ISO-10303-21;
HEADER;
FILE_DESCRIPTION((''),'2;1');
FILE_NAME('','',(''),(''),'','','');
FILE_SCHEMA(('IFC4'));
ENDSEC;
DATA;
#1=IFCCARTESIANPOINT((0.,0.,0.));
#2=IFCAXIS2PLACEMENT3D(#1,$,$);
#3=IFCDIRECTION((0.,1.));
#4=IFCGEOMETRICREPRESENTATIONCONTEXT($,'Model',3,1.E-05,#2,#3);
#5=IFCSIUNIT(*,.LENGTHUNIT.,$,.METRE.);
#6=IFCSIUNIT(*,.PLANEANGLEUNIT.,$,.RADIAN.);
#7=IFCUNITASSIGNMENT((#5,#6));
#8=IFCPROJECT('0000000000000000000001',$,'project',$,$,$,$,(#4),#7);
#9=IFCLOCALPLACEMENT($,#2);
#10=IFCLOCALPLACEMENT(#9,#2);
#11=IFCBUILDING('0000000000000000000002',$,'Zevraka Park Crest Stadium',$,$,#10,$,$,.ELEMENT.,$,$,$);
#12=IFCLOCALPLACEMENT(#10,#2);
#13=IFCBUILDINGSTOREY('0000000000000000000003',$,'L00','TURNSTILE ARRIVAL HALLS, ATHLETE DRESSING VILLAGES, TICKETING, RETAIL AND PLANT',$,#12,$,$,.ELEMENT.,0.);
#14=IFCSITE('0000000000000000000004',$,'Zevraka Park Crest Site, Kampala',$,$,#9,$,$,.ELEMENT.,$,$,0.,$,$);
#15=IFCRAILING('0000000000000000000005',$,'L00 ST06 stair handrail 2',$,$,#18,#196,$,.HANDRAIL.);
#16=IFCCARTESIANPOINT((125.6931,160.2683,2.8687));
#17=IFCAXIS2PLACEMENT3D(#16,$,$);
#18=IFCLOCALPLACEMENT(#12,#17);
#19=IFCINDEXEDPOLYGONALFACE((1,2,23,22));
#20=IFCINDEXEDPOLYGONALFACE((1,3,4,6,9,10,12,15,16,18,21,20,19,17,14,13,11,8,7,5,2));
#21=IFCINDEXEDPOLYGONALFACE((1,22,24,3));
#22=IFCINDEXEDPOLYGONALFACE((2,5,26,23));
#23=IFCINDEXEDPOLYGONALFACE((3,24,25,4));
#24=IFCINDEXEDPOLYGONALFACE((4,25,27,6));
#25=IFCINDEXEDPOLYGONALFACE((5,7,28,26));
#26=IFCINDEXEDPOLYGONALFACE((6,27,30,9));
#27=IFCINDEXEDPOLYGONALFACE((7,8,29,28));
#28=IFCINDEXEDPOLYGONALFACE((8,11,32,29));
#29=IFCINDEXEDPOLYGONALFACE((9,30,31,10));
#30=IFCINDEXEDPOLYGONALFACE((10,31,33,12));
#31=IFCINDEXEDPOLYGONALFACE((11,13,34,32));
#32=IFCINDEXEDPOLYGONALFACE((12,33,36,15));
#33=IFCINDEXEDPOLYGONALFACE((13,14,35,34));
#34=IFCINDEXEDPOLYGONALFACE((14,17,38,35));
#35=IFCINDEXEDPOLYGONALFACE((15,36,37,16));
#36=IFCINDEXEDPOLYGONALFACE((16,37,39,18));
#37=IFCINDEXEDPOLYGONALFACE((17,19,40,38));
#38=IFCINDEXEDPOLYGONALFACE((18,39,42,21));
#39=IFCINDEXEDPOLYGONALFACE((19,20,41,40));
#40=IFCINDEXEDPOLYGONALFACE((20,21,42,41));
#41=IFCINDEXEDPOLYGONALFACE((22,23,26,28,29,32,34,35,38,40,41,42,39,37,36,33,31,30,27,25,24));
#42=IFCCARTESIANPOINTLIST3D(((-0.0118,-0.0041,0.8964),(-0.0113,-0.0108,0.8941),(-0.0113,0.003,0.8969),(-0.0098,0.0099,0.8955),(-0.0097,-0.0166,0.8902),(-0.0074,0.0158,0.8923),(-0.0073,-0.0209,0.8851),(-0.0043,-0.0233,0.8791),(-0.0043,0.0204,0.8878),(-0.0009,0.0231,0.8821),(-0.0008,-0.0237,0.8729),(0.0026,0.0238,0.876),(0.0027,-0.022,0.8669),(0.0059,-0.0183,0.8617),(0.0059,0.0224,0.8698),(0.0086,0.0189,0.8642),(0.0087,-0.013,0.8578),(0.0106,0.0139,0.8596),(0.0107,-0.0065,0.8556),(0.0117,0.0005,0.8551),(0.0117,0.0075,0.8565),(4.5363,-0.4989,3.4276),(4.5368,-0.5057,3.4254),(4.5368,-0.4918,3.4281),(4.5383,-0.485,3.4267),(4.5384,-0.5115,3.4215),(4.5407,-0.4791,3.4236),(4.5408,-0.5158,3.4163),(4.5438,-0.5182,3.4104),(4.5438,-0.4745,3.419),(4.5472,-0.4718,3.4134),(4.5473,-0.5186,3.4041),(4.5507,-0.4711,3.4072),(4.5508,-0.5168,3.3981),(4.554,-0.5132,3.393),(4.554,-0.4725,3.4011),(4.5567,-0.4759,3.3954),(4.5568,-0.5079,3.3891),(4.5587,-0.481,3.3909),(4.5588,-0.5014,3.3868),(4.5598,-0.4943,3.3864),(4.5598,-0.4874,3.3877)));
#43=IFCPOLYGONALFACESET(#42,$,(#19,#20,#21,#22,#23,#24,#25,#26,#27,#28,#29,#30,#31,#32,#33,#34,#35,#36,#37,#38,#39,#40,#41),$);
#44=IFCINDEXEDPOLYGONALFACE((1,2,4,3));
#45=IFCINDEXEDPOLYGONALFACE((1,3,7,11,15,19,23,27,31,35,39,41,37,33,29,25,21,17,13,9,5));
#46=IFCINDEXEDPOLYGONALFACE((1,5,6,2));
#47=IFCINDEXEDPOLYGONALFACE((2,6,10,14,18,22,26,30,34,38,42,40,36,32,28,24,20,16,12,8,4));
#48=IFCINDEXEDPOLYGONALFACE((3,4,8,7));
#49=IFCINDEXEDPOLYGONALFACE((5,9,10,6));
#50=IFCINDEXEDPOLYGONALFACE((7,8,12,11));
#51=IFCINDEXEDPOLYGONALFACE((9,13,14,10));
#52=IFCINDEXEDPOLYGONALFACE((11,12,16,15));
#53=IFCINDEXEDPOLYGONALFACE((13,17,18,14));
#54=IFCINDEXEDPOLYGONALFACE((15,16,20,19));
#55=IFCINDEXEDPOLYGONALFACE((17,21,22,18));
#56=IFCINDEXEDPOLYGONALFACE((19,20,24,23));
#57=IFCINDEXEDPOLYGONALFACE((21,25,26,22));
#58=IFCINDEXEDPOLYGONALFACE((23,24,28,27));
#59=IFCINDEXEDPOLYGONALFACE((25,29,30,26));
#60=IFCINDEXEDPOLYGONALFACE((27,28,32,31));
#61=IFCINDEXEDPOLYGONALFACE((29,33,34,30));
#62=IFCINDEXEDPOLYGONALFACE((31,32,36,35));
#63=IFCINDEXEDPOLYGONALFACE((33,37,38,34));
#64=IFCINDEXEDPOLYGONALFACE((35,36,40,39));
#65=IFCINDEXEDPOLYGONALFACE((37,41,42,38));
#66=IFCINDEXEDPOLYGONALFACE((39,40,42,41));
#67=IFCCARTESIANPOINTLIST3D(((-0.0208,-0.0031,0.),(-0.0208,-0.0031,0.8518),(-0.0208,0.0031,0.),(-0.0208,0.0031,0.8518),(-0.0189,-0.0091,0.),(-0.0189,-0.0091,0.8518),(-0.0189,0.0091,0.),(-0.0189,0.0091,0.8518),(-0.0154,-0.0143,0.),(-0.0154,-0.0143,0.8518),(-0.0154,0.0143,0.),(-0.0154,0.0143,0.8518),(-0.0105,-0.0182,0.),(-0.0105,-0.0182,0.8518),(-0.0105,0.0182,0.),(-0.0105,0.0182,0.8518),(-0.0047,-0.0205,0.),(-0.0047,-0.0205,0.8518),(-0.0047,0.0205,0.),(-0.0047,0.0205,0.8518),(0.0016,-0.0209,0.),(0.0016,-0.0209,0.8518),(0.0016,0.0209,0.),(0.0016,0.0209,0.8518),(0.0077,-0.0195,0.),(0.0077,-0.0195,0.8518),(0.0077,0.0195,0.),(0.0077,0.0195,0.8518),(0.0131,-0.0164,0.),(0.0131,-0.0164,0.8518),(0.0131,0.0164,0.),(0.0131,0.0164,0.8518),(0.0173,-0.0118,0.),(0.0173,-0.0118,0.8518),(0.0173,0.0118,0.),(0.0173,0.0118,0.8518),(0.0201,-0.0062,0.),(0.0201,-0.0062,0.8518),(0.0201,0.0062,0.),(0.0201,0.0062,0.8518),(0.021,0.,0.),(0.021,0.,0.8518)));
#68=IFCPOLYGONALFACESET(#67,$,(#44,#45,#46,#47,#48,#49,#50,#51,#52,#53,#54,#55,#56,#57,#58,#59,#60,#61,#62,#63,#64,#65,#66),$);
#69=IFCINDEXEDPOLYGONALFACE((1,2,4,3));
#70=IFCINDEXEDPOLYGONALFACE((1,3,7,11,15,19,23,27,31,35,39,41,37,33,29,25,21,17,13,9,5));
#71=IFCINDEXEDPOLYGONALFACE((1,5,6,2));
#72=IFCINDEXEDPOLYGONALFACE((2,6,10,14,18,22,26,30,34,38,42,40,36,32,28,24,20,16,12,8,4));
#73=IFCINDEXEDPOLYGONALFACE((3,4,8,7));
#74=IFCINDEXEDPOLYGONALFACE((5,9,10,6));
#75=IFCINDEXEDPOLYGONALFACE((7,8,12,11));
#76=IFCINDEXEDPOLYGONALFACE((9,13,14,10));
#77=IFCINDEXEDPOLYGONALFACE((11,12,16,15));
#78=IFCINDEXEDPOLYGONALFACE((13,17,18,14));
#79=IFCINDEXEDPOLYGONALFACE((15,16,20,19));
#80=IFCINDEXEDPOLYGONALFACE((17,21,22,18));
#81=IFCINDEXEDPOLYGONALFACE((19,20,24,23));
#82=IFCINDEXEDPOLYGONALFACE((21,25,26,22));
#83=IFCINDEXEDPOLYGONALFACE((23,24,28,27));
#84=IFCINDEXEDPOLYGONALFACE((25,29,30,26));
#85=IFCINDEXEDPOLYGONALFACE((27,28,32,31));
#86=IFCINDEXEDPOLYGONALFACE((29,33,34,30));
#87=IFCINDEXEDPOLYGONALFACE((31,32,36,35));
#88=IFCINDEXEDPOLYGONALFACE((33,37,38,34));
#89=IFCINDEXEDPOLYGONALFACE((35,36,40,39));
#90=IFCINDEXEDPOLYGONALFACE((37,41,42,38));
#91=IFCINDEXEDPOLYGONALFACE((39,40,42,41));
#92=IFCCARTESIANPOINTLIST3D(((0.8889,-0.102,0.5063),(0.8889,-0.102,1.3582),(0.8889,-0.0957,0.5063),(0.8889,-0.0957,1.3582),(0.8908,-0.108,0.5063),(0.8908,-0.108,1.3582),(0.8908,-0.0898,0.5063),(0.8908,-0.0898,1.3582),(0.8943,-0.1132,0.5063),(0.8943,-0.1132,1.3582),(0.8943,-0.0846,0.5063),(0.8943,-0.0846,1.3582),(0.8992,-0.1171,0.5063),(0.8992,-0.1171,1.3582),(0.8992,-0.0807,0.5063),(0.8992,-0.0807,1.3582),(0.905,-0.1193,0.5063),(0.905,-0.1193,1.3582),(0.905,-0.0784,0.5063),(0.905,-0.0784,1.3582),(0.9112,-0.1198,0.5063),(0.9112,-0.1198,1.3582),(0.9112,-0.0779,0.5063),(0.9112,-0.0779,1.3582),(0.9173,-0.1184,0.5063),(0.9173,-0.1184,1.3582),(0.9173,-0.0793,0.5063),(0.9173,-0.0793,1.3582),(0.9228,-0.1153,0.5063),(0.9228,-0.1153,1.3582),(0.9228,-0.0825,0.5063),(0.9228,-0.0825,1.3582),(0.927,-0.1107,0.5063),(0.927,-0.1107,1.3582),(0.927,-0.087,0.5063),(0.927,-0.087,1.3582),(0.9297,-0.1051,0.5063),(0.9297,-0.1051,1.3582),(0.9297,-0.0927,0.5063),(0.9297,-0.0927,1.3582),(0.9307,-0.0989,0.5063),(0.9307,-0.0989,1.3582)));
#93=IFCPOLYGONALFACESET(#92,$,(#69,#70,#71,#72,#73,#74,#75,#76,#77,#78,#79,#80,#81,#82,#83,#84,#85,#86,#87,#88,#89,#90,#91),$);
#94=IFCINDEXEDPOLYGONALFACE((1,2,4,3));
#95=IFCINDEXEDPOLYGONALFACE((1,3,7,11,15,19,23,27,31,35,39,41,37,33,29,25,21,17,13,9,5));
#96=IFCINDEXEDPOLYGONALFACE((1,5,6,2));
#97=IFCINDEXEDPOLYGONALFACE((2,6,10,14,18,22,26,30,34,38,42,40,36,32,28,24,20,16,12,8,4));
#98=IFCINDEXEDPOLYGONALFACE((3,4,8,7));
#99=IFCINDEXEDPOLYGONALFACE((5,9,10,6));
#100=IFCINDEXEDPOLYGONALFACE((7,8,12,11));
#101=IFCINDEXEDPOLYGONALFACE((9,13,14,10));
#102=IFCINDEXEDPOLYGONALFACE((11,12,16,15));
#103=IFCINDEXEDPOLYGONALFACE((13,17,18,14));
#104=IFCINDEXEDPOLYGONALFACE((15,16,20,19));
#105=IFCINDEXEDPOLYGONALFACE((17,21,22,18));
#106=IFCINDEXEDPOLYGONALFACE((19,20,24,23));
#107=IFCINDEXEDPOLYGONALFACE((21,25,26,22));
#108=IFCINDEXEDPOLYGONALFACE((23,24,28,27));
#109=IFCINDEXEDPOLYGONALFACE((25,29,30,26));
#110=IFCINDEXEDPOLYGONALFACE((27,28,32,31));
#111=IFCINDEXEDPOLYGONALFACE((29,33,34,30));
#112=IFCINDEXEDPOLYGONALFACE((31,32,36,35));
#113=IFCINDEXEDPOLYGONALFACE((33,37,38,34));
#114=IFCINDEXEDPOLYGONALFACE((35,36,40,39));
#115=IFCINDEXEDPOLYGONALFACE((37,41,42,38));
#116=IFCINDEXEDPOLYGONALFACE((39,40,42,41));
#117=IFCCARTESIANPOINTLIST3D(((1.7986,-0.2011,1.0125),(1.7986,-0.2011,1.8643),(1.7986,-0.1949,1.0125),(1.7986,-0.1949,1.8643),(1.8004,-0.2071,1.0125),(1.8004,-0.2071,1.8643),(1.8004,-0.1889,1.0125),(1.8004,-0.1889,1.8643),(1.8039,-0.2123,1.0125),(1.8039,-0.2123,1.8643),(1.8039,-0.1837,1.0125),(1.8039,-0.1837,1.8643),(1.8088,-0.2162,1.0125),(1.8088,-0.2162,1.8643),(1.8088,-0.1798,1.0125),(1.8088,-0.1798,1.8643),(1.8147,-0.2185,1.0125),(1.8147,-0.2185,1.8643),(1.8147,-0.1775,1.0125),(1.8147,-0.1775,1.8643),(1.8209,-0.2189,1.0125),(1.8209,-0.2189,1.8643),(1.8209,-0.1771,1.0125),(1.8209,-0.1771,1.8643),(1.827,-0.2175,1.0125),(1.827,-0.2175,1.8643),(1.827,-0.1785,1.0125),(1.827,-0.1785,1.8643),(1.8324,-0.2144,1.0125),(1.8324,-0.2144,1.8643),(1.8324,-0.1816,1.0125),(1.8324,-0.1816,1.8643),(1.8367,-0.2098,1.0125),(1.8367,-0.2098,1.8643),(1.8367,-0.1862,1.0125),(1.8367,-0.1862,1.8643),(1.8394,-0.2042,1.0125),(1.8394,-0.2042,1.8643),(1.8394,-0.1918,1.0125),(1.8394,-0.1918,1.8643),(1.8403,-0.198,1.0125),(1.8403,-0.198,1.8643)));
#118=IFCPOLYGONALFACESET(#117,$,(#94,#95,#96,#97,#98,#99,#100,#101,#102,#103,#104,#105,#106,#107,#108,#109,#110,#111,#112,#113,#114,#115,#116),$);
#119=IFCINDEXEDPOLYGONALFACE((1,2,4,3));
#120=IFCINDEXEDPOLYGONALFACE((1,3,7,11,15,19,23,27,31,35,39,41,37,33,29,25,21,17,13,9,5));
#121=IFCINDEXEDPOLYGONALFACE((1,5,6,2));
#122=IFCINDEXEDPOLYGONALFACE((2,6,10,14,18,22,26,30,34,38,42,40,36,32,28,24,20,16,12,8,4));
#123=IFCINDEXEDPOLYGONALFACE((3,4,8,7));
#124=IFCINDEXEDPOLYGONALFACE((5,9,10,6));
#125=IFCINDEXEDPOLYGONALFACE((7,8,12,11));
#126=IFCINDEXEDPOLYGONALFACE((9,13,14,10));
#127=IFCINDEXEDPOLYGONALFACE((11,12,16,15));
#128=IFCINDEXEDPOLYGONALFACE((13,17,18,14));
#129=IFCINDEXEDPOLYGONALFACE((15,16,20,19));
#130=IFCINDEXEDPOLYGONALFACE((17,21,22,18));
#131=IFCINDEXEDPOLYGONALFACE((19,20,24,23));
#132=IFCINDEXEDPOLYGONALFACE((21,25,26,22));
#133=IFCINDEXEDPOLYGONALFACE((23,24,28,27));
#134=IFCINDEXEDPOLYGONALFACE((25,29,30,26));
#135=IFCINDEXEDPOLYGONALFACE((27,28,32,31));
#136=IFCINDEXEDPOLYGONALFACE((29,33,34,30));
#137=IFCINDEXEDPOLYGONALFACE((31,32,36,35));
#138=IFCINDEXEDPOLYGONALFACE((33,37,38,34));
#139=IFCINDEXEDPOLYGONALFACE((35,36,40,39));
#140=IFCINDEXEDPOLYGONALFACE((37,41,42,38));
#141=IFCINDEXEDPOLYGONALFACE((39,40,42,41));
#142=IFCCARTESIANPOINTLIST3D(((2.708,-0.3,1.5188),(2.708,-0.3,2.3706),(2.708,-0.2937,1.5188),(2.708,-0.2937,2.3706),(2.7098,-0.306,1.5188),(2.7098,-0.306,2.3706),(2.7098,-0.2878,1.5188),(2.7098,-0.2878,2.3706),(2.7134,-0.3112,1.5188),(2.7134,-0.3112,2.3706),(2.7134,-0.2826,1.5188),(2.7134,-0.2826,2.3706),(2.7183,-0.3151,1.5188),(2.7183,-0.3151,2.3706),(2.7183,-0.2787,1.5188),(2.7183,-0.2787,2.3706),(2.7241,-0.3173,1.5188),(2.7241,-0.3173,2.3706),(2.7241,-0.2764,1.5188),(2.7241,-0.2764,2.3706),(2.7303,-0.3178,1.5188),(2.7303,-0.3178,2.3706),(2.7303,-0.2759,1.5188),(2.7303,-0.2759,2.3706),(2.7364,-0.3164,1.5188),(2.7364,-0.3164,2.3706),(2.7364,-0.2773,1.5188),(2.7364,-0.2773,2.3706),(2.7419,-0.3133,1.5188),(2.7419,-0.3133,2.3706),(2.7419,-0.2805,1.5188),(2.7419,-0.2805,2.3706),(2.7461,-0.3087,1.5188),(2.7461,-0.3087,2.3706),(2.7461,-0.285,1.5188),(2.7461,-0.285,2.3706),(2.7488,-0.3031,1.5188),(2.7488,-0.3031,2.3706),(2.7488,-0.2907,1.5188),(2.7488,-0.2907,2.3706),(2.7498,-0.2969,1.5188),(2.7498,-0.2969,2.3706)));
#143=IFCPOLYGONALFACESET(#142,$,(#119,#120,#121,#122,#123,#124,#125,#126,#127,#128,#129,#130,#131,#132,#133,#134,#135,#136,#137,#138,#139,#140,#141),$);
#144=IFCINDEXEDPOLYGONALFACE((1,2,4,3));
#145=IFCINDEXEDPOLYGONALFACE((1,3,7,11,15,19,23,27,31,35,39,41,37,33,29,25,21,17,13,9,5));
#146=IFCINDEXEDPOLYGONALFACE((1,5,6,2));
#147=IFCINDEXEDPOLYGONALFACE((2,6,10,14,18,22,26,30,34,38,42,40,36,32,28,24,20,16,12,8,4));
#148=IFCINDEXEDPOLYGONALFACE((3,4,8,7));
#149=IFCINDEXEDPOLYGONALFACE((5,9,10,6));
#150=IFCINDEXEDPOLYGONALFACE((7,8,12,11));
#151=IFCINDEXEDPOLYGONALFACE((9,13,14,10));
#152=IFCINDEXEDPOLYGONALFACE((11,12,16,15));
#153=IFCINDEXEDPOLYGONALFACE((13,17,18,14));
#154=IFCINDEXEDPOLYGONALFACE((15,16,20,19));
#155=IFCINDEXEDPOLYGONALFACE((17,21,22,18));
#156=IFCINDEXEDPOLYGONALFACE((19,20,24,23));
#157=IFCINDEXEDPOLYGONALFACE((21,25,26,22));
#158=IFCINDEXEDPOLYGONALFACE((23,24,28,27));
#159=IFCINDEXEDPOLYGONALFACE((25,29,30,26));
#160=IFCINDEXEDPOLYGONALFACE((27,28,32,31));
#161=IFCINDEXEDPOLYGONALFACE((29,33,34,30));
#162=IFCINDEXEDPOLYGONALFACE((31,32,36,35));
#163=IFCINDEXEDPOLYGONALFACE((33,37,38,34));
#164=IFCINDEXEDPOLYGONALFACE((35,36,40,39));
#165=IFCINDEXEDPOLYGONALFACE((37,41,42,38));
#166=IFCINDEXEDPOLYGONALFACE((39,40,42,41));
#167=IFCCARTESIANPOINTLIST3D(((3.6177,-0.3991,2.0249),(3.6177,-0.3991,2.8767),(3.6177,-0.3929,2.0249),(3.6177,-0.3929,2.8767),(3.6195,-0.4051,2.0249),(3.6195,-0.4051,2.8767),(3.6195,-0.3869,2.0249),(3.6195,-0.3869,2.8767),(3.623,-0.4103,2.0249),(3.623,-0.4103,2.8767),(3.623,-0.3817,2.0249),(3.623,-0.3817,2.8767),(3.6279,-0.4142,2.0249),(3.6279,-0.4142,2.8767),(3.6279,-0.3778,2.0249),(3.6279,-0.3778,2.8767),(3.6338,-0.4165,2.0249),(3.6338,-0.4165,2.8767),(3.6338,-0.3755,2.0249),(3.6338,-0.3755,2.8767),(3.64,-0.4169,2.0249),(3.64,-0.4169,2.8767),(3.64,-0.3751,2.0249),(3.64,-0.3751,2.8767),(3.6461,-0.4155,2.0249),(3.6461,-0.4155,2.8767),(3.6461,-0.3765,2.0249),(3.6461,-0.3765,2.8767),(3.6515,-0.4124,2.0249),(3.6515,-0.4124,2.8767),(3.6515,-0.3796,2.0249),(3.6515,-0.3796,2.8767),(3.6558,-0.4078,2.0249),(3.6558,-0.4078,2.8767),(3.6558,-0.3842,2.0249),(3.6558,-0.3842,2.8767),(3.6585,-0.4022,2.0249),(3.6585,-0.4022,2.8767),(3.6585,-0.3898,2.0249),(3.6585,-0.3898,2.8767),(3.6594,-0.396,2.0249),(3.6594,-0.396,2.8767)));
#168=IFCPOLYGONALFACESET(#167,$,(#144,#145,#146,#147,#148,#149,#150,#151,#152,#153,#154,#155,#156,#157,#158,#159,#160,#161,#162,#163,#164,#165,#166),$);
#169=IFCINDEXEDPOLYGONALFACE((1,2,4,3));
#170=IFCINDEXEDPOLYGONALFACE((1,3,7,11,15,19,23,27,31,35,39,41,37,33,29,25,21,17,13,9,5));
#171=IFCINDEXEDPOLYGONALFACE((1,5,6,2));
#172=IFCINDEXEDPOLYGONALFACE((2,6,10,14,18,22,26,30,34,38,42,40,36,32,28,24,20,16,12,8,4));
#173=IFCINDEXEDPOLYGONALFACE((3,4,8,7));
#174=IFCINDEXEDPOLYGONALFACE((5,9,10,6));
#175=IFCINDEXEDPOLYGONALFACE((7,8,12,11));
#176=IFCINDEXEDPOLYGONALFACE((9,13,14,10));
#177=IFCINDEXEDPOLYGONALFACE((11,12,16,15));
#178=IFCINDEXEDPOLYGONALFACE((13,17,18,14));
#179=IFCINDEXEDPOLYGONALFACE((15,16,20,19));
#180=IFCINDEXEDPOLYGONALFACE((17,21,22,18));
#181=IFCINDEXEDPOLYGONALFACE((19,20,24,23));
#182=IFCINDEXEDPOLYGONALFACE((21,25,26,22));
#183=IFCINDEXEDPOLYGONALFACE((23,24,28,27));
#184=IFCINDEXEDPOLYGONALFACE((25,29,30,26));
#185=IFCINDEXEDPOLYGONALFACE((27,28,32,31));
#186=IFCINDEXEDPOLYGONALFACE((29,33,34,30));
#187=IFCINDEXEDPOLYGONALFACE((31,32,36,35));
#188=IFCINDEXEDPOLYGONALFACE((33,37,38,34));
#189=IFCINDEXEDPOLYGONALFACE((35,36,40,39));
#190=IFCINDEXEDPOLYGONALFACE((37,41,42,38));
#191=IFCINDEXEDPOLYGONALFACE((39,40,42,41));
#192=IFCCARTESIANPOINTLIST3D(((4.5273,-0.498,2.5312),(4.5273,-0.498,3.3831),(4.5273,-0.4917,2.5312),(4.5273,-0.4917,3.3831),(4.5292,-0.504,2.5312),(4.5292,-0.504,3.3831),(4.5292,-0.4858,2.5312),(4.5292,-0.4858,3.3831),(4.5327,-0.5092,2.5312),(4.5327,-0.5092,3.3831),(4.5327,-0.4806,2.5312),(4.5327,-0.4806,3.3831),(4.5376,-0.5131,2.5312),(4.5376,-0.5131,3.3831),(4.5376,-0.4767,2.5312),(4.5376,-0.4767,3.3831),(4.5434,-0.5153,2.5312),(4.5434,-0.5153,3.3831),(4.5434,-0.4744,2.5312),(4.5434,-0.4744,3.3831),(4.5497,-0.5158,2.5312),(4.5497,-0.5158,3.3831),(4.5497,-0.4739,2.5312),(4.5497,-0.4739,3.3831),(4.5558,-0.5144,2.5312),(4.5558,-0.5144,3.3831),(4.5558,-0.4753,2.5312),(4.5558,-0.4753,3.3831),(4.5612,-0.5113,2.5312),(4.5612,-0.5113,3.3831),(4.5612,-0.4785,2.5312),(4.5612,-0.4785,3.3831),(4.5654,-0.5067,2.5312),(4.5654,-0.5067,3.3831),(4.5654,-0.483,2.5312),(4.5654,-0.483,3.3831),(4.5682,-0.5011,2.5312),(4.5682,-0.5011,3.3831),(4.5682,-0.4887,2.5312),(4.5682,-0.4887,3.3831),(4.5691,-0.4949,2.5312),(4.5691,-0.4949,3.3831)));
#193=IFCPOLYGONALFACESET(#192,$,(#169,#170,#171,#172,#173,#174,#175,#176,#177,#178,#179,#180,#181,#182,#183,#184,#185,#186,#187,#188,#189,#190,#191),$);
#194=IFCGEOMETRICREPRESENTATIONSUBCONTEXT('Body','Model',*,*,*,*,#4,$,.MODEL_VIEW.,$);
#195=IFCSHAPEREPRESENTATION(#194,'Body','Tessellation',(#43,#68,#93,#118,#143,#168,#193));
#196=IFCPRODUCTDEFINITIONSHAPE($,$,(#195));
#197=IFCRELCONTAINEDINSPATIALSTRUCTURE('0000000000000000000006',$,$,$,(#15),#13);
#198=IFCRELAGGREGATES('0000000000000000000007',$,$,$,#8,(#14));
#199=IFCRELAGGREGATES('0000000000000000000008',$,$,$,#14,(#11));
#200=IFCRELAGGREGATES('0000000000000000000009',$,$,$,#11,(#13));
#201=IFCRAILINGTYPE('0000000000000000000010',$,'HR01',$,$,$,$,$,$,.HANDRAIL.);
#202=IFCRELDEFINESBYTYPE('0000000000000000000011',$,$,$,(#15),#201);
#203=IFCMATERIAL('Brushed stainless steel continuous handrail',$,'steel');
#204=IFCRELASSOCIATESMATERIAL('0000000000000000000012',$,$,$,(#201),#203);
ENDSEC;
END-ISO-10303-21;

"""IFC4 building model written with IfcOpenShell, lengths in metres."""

from ifc_helpers import new_model, si_unit, direction, frame, origin, origin_2d, place, context, subcontext, project, spatial, circle, extrude, material, type_object, element, save


model = new_model("IFC4")

# Units and contexts
model_context = context("Model", 3, precision=1e-05, world=origin(), true_north=direction((0.0, 1.0)))
body_context = subcontext(model_context, "Body", "Model", "MODEL_VIEW")
ifc_project = project(units=[si_unit("LENGTHUNIT", "METRE"), si_unit("PLANEANGLEUNIT", "RADIAN")], contexts=[model_context])

# Site, building, storey
site_placement = place(None, origin())
site = spatial("IfcSite", under=ifc_project, at=site_placement, Name="Zevraka Park Crest Site, Kampala", CompositionType="ELEMENT", RefElevation=0.0)
building_placement = place(site_placement, origin())
building = spatial("IfcBuilding", under=site, at=building_placement, Name="Zevraka Park Crest Stadium", CompositionType="ELEMENT")
storey_placement = place(building_placement, origin())
storey = spatial("IfcBuildingStorey", under=building, at=storey_placement, Name="L00", Description="TURNSTILE ARRIVAL HALLS, ATHLETE DRESSING VILLAGES, TICKETING, RETAIL AND PLANT", CompositionType="ELEMENT", Elevation=0.0)

# Railing
ifc_material_1 = material(Name="Brushed stainless steel continuous handrail", Category="steel")
railing_type_1 = type_object("IfcRailingType", Name="HR01", PredefinedType="HANDRAIL", material=ifc_material_1)
railing_1_placement = place(storey_placement, frame((125.6931, 160.2683, 2.8687)))
element("IfcRailing", 1, at=railing_1_placement, inside=storey, type_object=railing_type_1, Name="L00 ST06 stair handrail 2", PredefinedType="HANDRAIL", context=body_context, shape_type="SweptSolid", body=[
    extrude(circle(Radius=0.0239, at=origin_2d()), frame((0.0, 0.0, 0.876), z_axis=(0.869865, -0.094649, 0.484125), x_axis=(0.10817, 0.994132, 0.0)), (0.0, 0.0, 1.0), 5.2285),
    extrude(circle(Radius=0.021, at=origin_2d()), origin(), (0.0, 0.0, 1.0), 0.8518),
    extrude(circle(Radius=0.021, at=origin_2d()), frame((0.9097, -0.0989, 0.5063)), (0.0, 0.0, 1.0), 0.8518),
    extrude(circle(Radius=0.021, at=origin_2d()), frame((1.8193, -0.198, 1.0125)), (0.0, 0.0, 1.0), 0.8518),
    extrude(circle(Radius=0.021, at=origin_2d()), frame((2.7288, -0.2969, 1.5188)), (0.0, 0.0, 1.0), 0.8518),
    extrude(circle(Radius=0.021, at=origin_2d()), frame((3.6384, -0.396, 2.0249)), (0.0, 0.0, 1.0), 0.8518),
    extrude(circle(Radius=0.021, at=origin_2d()), frame((4.5481, -0.4949, 2.5312)), (0.0, 0.0, 1.0), 0.8518),
])

save(model, "model.ifc")
